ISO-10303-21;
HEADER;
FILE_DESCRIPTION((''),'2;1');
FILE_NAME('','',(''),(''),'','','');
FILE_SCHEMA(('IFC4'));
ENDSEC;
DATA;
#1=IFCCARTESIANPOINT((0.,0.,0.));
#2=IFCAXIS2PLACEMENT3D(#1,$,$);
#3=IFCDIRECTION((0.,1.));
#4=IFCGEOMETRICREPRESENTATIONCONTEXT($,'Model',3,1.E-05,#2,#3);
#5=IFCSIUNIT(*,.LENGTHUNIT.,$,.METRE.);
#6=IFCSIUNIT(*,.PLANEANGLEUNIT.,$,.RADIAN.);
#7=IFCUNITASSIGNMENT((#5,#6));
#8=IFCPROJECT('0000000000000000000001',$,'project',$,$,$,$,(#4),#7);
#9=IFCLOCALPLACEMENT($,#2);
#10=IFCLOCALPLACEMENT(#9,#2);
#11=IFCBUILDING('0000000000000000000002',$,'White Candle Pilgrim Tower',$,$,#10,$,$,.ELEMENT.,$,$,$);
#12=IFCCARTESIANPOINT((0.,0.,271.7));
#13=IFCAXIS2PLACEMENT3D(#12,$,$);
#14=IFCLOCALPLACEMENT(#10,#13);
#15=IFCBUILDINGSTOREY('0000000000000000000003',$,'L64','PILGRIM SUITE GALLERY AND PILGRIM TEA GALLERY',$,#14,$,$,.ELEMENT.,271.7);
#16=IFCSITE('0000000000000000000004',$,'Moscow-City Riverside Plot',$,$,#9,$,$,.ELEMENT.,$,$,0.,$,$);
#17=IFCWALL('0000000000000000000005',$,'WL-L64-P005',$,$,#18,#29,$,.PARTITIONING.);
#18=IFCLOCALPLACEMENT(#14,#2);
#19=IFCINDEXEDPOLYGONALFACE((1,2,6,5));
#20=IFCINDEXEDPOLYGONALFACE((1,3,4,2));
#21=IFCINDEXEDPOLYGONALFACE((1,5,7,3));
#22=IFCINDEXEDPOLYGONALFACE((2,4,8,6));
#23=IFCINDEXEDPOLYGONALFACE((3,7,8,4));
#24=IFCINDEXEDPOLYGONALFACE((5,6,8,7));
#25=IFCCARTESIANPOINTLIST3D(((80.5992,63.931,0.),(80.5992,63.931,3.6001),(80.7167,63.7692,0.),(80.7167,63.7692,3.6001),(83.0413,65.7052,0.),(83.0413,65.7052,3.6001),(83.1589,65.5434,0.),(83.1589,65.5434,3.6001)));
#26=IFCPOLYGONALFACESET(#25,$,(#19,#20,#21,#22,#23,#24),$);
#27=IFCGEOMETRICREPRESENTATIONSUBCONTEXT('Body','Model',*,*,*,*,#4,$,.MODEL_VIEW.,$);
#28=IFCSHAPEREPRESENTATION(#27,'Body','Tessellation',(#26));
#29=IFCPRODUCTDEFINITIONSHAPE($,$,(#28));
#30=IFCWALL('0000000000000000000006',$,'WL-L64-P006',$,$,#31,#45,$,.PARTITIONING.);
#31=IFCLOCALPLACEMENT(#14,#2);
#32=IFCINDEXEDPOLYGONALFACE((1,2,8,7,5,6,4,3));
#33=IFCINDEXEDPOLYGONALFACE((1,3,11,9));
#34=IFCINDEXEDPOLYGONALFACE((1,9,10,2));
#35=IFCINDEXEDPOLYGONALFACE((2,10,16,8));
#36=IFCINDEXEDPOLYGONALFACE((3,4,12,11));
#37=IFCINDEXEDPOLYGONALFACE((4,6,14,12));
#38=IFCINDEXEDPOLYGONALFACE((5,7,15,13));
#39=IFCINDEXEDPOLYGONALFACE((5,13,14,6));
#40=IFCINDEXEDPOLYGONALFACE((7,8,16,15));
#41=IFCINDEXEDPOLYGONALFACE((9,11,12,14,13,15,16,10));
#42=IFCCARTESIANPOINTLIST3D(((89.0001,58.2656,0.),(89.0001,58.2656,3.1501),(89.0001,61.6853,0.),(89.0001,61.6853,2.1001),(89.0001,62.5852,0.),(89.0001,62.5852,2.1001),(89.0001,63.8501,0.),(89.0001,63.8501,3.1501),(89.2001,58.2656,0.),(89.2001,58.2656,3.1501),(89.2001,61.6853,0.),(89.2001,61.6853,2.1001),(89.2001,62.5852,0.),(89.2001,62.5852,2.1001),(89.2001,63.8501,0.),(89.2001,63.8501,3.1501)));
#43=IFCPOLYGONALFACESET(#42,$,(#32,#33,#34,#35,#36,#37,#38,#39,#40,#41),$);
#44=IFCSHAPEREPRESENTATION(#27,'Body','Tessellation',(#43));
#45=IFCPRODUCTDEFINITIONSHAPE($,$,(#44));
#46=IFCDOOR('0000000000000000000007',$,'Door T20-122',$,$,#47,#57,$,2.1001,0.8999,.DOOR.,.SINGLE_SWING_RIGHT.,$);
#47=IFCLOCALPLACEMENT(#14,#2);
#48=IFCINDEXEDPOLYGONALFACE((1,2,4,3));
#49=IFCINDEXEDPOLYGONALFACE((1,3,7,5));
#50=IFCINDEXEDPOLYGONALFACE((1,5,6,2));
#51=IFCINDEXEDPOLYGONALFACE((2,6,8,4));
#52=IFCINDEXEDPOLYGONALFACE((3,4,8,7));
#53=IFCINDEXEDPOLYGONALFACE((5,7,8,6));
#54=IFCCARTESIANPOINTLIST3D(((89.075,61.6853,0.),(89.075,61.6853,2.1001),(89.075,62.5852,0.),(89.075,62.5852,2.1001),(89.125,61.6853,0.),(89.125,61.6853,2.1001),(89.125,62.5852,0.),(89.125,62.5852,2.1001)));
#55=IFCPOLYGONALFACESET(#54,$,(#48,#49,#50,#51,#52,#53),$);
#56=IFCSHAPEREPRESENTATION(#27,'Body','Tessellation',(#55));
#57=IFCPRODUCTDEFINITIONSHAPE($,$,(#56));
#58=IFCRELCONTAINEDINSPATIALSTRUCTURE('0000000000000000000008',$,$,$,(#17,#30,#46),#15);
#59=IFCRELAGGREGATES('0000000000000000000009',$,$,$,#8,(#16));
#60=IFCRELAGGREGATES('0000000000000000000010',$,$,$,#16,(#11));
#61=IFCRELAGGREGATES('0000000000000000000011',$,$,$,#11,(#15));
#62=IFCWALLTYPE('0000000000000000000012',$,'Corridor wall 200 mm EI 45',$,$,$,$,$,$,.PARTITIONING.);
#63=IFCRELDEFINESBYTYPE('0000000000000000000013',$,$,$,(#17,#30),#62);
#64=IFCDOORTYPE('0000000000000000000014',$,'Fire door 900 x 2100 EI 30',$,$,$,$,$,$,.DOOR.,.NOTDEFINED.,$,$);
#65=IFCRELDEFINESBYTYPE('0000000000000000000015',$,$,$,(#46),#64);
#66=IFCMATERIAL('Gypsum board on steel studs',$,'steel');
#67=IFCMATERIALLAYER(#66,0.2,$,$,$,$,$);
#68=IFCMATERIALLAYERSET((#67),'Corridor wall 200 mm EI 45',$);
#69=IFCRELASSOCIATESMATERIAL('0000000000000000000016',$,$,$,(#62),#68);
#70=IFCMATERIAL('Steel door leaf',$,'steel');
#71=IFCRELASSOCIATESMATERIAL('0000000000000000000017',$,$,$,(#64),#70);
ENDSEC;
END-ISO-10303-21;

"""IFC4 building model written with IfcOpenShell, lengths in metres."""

from ifc_helpers import new_model, si_unit, direction, frame, frame_2d, origin, place, context, subcontext, project, spatial, rectangle, extrude, material, layer, layer_set, type_object, element, fill, save


model = new_model("IFC4")

# Units and contexts
model_context = context("Model", 3, precision=1e-05, world=origin(), true_north=direction((0.0, 1.0)))
body_context = subcontext(model_context, "Body", "Model", "MODEL_VIEW")
ifc_project = project(units=[si_unit("LENGTHUNIT", "METRE"), si_unit("PLANEANGLEUNIT", "RADIAN")], contexts=[model_context])

# Site, building, storey
site_placement = place(None, origin())
site = spatial("IfcSite", under=ifc_project, at=site_placement, Name="Moscow-City Riverside Plot", CompositionType="ELEMENT", RefElevation=0.0)
building_placement = place(site_placement, origin())
building = spatial("IfcBuilding", under=site, at=building_placement, Name="White Candle Pilgrim Tower", CompositionType="ELEMENT")
storey_placement = place(building_placement, frame((0.0, 0.0, 271.7)))
storey = spatial("IfcBuildingStorey", under=building, at=storey_placement, Name="L64", Description="PILGRIM SUITE GALLERY AND PILGRIM TEA GALLERY", CompositionType="ELEMENT", Elevation=271.7)

# Wall
ifc_material_1 = material(Name="Gypsum board on steel studs", Category="steel")
ifc_layer_1 = layer(ifc_material_1, 0.2)
ifc_layer_set_1 = layer_set([ifc_layer_1], Name="Corridor wall 200 mm EI 45")
wall_type_1 = type_object("IfcWallType", Name="Corridor wall 200 mm EI 45", PredefinedType="PARTITIONING", material=ifc_layer_set_1)
wall_1_placement = place(storey_placement, frame((83.1001, 65.6243, 0.0), z_axis=(0.0, 0.0, 1.0), x_axis=(-0.80904, -0.587753, 0.0)))
element("IfcWall", 1, at=wall_1_placement, inside=storey, type_object=wall_type_1, Name="WL-L64-P005", PredefinedType="PARTITIONING", context=body_context, shape_type="SweptSolid", body=[
    extrude(rectangle(XDim=3.0186, YDim=0.2, at=frame_2d((1.5093, 0.0))), origin(), (0.0, 0.0, 1.0), 3.6001),
])

# Wall, opening, door
wall_2_placement = place(storey_placement, frame((89.1001, 63.8501, 0.0), z_axis=(0.0, 0.0, 1.0), x_axis=(0.0, -1.0, 0.0)))
wall_2 = element("IfcWall", 2, at=wall_2_placement, inside=storey, type_object=wall_type_1, Name="WL-L64-P006", PredefinedType="PARTITIONING", context=body_context, shape_type="SweptSolid", body=[
    extrude(rectangle(XDim=5.5845, YDim=0.2, at=frame_2d((2.7922, 0.0))), origin(), (0.0, 0.0, 1.0), 3.1501),
])
opening_1_placement = place(wall_2_placement, frame((1.2649, 0.0, 0.0)))
opening_1 = element("IfcOpeningElement", 3, at=opening_1_placement, cuts=wall_2, PredefinedType="OPENING", context=body_context, shape_type="SweptSolid", body=[
    extrude(rectangle(XDim=0.8999, YDim=2.1001, at=frame_2d((0.45, 1.05))), frame((0.0, 0.1099, 0.0), z_axis=(0.0, -1.0, 0.0), x_axis=(1.0, 0.0, 0.0)), (0.0, 0.0, 1.0), 0.22),
])
ifc_material_2 = material(Name="Steel door leaf", Category="steel")
door_type = type_object("IfcDoorType", Name="Fire door 900 x 2100 EI 30", OperationType="NOTDEFINED", PredefinedType="DOOR", material=ifc_material_2)
door_1_placement = place(opening_1_placement, origin())
door_1 = element("IfcDoor", 4, at=door_1_placement, inside=storey, type_object=door_type, Name="Door T20-122", OperationType="SINGLE_SWING_RIGHT", OverallHeight=2.1001, OverallWidth=0.8999, PredefinedType="DOOR", context=body_context, shape_type="SweptSolid", body=[
    extrude(rectangle(XDim=0.8999, YDim=2.1001, at=frame_2d((0.45, 1.05))), frame((0.0, 0.0249, 0.0), z_axis=(0.0, -1.0, 0.0), x_axis=(1.0, 0.0, 0.0)), (0.0, 0.0, 1.0), 0.05),
])
fill(opening_1, door_1)

save(model, "model.ifc")
